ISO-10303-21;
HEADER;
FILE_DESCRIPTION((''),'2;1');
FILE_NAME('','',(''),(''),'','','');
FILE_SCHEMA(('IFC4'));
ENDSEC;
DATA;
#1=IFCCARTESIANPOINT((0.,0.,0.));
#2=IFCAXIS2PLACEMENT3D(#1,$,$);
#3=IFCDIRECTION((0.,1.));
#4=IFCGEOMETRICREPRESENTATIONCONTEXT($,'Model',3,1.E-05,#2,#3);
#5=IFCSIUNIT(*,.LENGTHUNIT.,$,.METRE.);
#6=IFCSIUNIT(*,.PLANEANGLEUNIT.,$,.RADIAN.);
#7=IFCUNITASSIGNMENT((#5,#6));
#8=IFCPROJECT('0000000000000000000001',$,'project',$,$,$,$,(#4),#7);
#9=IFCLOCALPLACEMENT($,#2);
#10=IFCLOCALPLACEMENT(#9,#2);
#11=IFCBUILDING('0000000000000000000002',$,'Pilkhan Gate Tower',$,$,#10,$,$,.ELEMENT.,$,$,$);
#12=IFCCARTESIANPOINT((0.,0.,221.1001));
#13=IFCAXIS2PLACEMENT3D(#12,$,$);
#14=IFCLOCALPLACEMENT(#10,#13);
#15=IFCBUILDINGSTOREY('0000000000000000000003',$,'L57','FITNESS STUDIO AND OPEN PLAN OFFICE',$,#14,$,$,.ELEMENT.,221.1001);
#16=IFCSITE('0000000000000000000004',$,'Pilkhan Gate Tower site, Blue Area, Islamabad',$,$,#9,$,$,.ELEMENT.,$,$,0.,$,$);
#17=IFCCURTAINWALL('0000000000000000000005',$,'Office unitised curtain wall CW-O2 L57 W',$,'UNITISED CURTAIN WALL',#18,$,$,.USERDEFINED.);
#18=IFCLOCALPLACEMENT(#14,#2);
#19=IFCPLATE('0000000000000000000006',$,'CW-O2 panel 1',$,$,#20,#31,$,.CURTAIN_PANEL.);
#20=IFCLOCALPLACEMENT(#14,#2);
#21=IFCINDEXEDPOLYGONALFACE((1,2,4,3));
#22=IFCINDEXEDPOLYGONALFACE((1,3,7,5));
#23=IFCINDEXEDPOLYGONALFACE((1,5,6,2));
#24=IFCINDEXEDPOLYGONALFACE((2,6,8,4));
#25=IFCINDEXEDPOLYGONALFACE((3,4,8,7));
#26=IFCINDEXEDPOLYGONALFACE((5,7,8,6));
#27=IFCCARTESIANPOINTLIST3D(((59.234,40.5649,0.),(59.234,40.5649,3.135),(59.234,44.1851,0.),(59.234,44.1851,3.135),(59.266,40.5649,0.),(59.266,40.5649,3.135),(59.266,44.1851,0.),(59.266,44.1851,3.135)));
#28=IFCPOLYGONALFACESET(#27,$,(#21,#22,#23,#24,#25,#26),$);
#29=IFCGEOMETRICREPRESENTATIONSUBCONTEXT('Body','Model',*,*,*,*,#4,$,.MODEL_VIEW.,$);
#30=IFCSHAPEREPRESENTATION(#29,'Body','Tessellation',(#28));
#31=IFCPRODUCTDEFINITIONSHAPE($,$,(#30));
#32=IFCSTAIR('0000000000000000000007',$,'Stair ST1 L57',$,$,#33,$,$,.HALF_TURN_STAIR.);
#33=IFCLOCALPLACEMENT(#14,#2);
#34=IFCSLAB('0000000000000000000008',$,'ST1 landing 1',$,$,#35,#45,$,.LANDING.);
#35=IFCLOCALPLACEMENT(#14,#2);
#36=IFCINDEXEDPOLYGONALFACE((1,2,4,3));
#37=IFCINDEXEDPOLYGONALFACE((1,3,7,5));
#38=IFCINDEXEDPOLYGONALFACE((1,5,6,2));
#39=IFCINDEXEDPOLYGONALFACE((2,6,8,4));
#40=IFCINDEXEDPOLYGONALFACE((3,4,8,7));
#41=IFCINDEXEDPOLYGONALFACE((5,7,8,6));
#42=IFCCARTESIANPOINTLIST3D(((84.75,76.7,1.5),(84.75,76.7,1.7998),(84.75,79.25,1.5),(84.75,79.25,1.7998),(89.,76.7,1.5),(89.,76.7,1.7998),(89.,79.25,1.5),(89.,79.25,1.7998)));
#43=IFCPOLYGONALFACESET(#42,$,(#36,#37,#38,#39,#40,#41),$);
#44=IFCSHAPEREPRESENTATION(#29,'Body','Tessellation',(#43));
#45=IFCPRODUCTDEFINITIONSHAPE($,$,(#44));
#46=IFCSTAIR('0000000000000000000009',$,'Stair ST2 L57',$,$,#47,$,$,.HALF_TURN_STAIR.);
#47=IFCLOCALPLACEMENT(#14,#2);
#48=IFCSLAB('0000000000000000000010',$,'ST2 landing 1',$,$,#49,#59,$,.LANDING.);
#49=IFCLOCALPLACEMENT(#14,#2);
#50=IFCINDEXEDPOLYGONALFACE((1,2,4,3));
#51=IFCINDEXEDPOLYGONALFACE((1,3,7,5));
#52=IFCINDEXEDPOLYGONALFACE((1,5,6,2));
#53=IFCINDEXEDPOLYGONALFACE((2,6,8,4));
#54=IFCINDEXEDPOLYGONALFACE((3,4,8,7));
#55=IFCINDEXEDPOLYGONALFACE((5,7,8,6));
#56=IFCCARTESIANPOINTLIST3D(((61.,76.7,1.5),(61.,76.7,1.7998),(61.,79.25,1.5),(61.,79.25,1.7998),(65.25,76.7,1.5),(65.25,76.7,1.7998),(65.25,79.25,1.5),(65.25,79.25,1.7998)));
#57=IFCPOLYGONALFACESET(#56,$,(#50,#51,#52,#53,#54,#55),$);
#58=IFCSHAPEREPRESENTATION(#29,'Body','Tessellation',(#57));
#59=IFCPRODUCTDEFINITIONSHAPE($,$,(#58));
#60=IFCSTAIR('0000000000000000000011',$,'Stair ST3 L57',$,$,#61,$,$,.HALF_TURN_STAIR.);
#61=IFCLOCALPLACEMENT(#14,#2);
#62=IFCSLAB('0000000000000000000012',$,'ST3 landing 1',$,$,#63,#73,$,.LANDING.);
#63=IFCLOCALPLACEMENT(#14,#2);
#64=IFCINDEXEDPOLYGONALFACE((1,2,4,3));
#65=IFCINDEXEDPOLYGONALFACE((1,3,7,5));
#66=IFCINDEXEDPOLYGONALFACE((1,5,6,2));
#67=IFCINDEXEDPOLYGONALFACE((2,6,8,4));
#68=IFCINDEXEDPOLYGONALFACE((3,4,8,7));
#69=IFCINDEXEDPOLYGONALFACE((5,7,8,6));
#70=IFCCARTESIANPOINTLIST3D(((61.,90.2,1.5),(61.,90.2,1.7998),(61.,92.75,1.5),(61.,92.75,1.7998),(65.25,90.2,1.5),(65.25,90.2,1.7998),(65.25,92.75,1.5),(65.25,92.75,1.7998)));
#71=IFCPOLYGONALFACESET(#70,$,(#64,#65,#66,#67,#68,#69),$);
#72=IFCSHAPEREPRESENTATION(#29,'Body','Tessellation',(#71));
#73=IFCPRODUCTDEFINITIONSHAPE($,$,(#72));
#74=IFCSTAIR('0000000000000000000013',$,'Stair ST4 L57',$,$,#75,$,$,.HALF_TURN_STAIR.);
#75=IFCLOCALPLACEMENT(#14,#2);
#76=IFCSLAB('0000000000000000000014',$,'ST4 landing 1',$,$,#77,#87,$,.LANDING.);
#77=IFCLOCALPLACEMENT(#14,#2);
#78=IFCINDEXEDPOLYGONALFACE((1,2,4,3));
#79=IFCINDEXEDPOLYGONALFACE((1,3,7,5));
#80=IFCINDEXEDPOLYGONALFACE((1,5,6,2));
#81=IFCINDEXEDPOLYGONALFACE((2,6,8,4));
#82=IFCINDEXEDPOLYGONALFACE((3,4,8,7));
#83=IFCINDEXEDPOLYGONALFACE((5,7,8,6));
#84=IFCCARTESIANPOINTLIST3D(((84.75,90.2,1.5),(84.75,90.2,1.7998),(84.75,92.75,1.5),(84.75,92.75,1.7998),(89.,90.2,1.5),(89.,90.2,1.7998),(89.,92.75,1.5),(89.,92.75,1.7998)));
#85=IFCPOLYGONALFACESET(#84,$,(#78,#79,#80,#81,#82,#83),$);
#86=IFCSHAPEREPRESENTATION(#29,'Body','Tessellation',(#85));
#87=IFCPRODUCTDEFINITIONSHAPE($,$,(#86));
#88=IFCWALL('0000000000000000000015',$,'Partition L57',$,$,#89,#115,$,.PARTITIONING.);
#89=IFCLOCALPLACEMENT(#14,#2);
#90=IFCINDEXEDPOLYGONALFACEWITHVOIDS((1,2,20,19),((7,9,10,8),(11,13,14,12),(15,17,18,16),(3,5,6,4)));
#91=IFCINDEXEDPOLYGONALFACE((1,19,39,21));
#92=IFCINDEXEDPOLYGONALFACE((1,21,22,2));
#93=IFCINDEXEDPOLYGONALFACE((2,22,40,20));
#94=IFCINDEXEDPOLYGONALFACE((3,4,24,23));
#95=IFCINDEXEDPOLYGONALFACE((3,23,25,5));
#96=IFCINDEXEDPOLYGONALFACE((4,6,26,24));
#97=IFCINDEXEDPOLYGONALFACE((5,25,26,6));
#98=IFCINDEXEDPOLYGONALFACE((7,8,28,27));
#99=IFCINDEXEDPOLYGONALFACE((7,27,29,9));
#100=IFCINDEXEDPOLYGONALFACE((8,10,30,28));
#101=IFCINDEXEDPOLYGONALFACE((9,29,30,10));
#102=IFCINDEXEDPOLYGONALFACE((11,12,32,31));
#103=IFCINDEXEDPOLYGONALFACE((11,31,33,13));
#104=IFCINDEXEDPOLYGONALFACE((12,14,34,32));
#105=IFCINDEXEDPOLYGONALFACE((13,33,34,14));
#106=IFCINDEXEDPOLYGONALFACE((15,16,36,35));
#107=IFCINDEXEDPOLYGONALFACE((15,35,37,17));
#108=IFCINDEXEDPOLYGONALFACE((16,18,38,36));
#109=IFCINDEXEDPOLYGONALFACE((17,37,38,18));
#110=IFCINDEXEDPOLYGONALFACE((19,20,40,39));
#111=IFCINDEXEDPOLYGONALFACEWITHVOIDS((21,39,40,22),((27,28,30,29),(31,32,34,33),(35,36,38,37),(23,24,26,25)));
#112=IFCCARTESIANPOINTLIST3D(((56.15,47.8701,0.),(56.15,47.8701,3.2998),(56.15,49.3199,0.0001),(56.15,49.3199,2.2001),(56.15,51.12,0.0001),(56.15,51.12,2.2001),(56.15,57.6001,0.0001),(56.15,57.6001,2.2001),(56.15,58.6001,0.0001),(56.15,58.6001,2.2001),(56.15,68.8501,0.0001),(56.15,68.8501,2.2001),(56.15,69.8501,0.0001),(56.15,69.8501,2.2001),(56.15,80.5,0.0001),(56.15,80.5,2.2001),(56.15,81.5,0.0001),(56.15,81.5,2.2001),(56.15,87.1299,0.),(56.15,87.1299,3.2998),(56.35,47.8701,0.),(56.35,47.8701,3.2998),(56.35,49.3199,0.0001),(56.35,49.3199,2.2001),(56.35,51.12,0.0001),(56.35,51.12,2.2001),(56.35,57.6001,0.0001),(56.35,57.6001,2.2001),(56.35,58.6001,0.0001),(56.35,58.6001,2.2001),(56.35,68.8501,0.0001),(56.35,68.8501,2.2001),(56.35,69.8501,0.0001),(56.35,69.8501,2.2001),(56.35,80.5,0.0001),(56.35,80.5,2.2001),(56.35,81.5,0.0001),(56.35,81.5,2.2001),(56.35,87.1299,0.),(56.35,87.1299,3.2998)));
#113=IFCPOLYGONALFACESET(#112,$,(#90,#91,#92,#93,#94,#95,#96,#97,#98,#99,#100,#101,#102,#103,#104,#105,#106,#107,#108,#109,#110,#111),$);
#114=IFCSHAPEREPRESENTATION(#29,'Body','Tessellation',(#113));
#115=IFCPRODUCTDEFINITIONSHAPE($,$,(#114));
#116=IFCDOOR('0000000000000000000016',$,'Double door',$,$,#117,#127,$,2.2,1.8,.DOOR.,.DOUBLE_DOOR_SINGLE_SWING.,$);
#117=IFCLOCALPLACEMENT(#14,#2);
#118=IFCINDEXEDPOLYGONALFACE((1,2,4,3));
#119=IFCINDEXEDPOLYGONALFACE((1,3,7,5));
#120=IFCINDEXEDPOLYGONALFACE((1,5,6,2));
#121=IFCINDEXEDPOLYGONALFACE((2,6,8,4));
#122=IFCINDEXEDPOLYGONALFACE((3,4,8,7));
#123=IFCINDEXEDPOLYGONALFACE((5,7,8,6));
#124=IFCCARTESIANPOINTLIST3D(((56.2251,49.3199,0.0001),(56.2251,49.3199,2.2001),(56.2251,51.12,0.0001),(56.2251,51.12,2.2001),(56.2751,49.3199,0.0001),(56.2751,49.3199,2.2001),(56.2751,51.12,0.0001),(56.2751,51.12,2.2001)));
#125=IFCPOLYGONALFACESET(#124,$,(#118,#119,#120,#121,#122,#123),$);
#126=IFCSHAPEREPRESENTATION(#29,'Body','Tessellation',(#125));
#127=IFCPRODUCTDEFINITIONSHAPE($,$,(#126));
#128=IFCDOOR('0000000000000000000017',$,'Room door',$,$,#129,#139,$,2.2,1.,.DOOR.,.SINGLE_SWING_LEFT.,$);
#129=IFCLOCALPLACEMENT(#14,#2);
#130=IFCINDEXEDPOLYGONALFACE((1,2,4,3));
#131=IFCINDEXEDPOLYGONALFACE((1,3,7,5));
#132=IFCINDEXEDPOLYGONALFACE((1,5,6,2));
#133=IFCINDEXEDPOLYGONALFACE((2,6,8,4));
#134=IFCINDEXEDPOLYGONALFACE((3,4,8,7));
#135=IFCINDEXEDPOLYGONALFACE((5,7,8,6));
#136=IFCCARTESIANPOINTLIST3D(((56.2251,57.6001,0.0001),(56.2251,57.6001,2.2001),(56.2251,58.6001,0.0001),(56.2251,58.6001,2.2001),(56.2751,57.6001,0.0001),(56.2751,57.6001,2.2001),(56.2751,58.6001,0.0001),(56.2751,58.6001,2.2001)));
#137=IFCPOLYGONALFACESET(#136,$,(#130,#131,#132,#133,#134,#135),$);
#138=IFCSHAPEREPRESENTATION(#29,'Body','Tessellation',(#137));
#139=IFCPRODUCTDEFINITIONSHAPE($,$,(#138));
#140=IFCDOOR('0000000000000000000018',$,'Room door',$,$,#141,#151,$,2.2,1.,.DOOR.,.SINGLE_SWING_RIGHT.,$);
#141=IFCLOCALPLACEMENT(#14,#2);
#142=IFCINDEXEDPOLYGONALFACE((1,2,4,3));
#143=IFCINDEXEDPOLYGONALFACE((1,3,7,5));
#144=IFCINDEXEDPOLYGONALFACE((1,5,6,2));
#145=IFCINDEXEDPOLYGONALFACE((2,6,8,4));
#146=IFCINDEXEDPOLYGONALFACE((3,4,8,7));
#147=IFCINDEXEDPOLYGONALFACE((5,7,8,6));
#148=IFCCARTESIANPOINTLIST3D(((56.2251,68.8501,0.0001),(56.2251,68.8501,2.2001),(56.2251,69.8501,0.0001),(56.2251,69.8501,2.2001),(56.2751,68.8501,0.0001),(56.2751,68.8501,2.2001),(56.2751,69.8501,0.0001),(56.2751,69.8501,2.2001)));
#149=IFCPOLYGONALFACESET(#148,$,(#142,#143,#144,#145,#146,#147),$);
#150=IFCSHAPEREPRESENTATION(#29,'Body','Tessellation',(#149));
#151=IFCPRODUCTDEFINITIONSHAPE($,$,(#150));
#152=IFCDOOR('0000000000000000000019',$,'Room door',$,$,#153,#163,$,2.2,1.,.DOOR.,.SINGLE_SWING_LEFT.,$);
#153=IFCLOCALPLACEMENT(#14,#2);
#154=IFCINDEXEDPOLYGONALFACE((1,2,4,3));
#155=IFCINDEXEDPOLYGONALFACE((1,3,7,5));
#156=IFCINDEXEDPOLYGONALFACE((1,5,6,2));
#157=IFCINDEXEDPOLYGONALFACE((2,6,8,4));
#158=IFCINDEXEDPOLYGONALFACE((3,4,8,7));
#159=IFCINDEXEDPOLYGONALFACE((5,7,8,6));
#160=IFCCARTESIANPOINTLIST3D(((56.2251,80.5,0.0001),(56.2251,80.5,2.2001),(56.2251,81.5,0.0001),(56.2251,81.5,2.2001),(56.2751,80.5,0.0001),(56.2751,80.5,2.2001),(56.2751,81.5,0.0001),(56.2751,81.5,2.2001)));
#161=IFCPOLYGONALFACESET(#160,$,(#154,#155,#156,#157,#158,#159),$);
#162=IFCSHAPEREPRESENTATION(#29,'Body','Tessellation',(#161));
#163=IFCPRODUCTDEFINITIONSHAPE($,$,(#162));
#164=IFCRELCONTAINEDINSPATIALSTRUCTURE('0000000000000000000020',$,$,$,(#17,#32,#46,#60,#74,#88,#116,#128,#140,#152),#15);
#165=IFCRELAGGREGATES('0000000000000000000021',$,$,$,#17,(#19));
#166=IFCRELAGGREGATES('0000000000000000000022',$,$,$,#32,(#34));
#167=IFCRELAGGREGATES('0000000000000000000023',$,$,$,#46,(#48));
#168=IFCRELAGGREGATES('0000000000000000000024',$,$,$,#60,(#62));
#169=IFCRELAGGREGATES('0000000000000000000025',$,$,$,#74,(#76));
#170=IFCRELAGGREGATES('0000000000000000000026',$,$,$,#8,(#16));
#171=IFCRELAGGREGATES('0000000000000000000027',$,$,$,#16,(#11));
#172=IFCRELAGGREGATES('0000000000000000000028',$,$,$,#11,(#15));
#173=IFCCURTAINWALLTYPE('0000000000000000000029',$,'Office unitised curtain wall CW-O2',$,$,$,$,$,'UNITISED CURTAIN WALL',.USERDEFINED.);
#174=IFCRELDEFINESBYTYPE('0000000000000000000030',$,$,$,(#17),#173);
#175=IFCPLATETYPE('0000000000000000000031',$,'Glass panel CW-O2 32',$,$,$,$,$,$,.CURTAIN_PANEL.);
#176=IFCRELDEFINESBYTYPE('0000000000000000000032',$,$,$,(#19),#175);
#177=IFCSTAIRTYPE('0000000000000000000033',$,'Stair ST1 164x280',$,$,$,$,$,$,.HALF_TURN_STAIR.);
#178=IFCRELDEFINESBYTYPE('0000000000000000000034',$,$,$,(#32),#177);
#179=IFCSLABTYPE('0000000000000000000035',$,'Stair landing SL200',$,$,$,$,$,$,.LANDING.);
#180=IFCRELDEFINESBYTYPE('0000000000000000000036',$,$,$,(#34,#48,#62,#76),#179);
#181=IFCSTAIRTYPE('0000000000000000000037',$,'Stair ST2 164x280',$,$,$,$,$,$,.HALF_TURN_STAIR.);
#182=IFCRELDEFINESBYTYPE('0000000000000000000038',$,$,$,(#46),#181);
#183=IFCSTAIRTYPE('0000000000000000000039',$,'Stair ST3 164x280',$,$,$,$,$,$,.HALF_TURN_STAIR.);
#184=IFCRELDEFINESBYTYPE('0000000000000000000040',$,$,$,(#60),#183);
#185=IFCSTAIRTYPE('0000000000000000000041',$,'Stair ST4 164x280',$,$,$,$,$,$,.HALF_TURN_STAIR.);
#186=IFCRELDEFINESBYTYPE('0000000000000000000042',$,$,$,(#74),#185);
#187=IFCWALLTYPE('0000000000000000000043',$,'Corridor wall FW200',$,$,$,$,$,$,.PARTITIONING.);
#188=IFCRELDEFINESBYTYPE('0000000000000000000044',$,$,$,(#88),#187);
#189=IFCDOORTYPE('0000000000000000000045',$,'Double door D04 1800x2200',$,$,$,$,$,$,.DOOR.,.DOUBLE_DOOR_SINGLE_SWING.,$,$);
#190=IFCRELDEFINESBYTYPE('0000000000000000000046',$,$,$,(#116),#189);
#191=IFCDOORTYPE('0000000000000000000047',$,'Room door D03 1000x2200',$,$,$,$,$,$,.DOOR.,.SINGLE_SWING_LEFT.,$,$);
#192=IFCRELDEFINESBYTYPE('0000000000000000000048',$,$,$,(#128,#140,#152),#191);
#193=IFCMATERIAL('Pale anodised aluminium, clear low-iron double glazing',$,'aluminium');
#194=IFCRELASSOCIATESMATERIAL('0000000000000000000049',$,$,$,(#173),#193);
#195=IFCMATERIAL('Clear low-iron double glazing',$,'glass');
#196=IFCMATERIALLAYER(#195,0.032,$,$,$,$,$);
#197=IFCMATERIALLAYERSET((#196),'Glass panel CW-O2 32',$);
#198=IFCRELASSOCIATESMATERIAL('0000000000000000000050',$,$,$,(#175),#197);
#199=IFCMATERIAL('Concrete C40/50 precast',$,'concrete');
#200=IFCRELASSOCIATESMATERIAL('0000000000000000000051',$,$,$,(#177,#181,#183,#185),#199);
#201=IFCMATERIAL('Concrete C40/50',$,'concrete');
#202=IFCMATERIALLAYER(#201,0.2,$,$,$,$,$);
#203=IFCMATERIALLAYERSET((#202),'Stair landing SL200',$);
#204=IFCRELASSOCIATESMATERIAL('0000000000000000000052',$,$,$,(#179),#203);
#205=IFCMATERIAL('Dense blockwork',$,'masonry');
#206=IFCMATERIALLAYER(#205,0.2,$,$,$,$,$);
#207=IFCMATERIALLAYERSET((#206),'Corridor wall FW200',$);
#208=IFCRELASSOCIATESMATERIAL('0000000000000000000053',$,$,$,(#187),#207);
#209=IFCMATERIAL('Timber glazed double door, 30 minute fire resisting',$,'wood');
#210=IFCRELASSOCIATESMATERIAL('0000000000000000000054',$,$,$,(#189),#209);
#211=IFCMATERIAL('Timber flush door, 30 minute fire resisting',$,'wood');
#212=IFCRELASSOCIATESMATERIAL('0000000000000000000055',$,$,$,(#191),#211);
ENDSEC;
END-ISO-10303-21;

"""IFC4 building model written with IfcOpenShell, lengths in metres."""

from ifc_helpers import new_model, si_unit, direction, frame, frame_2d, origin, origin_2d, place, context, subcontext, project, spatial, polyline, rectangle, outline, extrude, material, layer, layer_set, type_object, element, fill, aggregate, save


model = new_model("IFC4")

# Units and contexts
model_context = context("Model", 3, precision=1e-05, world=origin(), true_north=direction((0.0, 1.0)))
body_context = subcontext(model_context, "Body", "Model", "MODEL_VIEW")
ifc_project = project(units=[si_unit("LENGTHUNIT", "METRE"), si_unit("PLANEANGLEUNIT", "RADIAN")], contexts=[model_context])

# Site, building, storey
site_placement = place(None, origin())
site = spatial("IfcSite", under=ifc_project, at=site_placement, Name="Pilkhan Gate Tower site, Blue Area, Islamabad", CompositionType="ELEMENT", RefElevation=0.0)
building_placement = place(site_placement, origin())
building = spatial("IfcBuilding", under=site, at=building_placement, Name="Pilkhan Gate Tower", CompositionType="ELEMENT")
storey_placement = place(building_placement, frame((0.0, 0.0, 221.1001)))
storey = spatial("IfcBuildingStorey", under=building, at=storey_placement, Name="L57", Description="FITNESS STUDIO AND OPEN PLAN OFFICE", CompositionType="ELEMENT", Elevation=221.1001)

# Shared definitions
ifc_material_1 = material(Name="Pale anodised aluminium, clear low-iron double glazing", Category="aluminium")
curtain_wall_type = type_object("IfcCurtainWallType", Name="Office unitised curtain wall CW-O2", ElementType="UNITISED CURTAIN WALL", PredefinedType="USERDEFINED", material=ifc_material_1)

# Curtain wall
curtain_wall_1_placement = place(storey_placement, origin())
curtain_wall_1 = element("IfcCurtainWall", 1, at=curtain_wall_1_placement, inside=storey, type_object=curtain_wall_type, Name="Office unitised curtain wall CW-O2 L57 W", ObjectType="UNITISED CURTAIN WALL", PredefinedType="USERDEFINED")

# Shared definitions
ifc_material_2 = material(Name="Concrete C40/50", Category="concrete")

# Plate
ifc_material_3 = material(Name="Clear low-iron double glazing", Category="glass")
ifc_layer_1 = layer(ifc_material_3, 0.032)
ifc_layer_set_1 = layer_set([ifc_layer_1], Name="Glass panel CW-O2 32")
plate_type = type_object("IfcPlateType", Name="Glass panel CW-O2 32", PredefinedType="CURTAIN_PANEL", material=ifc_layer_set_1)
plate_1_placement = place(storey_placement, frame((59.25, 42.375, 0.0), z_axis=(0.0, 0.0, 1.0), x_axis=(0.0, 1.0, 0.0)))
plate_1 = element("IfcPlate", 2, at=plate_1_placement, type_object=plate_type, Name="CW-O2 panel 1", PredefinedType="CURTAIN_PANEL", context=body_context, shape_type="SweptSolid", body=[
    extrude(rectangle(XDim=3.6201, YDim=0.032, at=origin_2d()), origin(), (0.0, 0.0, 1.0), 3.135),
])
aggregate(curtain_wall_1, [plate_1])

# Stairs, slabs
ifc_material_4 = material(Name="Concrete C40/50 precast", Category="concrete")
stair_type_1 = type_object("IfcStairType", Name="Stair ST1 164x280", PredefinedType="HALF_TURN_STAIR", material=ifc_material_4)
stair_1_placement = place(storey_placement, origin())
stair_1 = element("IfcStair", 3, at=stair_1_placement, inside=storey, type_object=stair_type_1, Name="Stair ST1 L57", PredefinedType="HALF_TURN_STAIR")
ifc_layer_2 = layer(ifc_material_2, 0.2)
ifc_layer_set_2 = layer_set([ifc_layer_2], Name="Stair landing SL200")
slab_type_1 = type_object("IfcSlabType", Name="Stair landing SL200", PredefinedType="LANDING", material=ifc_layer_set_2)
slab_1_placement = place(storey_placement, frame((0.0, 0.0, 1.5)))
slab_1 = element("IfcSlab", 4, at=slab_1_placement, type_object=slab_type_1, Name="ST1 landing 1", PredefinedType="LANDING", context=body_context, shape_type="SweptSolid", body=[
    extrude(outline(polyline([(89.0, 76.7), (89.0, 79.25), (84.75, 79.25), (84.75, 76.7), (89.0, 76.7)])), origin(), (0.0, 0.0, 1.0), 0.2998),
])
aggregate(stair_1, [slab_1])
stair_type_2 = type_object("IfcStairType", Name="Stair ST2 164x280", PredefinedType="HALF_TURN_STAIR", material=ifc_material_4)
stair_2_placement = place(storey_placement, origin())
stair_2 = element("IfcStair", 5, at=stair_2_placement, inside=storey, type_object=stair_type_2, Name="Stair ST2 L57", PredefinedType="HALF_TURN_STAIR")
slab_2_placement = place(storey_placement, frame((0.0, 0.0, 1.5)))
slab_2 = element("IfcSlab", 6, at=slab_2_placement, type_object=slab_type_1, Name="ST2 landing 1", PredefinedType="LANDING", context=body_context, shape_type="SweptSolid", body=[
    extrude(outline(polyline([(65.25, 76.7), (65.25, 79.25), (61.0, 79.25), (61.0, 76.7), (65.25, 76.7)])), origin(), (0.0, 0.0, 1.0), 0.2998),
])
aggregate(stair_2, [slab_2])
stair_type_3 = type_object("IfcStairType", Name="Stair ST3 164x280", PredefinedType="HALF_TURN_STAIR", material=ifc_material_4)
stair_3_placement = place(storey_placement, origin())
stair_3 = element("IfcStair", 7, at=stair_3_placement, inside=storey, type_object=stair_type_3, Name="Stair ST3 L57", PredefinedType="HALF_TURN_STAIR")
slab_3_placement = place(storey_placement, frame((0.0, 0.0, 1.5)))
slab_3 = element("IfcSlab", 8, at=slab_3_placement, type_object=slab_type_1, Name="ST3 landing 1", PredefinedType="LANDING", context=body_context, shape_type="SweptSolid", body=[
    extrude(outline(polyline([(65.25, 90.2), (65.25, 92.75), (61.0, 92.75), (61.0, 90.2), (65.25, 90.2)])), origin(), (0.0, 0.0, 1.0), 0.2998),
])
aggregate(stair_3, [slab_3])
stair_type_4 = type_object("IfcStairType", Name="Stair ST4 164x280", PredefinedType="HALF_TURN_STAIR", material=ifc_material_4)
stair_4_placement = place(storey_placement, origin())
stair_4 = element("IfcStair", 9, at=stair_4_placement, inside=storey, type_object=stair_type_4, Name="Stair ST4 L57", PredefinedType="HALF_TURN_STAIR")
slab_4_placement = place(storey_placement, frame((0.0, 0.0, 1.5)))
slab_4 = element("IfcSlab", 10, at=slab_4_placement, type_object=slab_type_1, Name="ST4 landing 1", PredefinedType="LANDING", context=body_context, shape_type="SweptSolid", body=[
    extrude(outline(polyline([(89.0, 90.2), (89.0, 92.75), (84.75, 92.75), (84.75, 90.2), (89.0, 90.2)])), origin(), (0.0, 0.0, 1.0), 0.2998),
])
aggregate(stair_4, [slab_4])

# Wall, openings, doors
ifc_material_5 = material(Name="Dense blockwork", Category="masonry")
ifc_layer_3 = layer(ifc_material_5, 0.2)
ifc_layer_set_3 = layer_set([ifc_layer_3], Name="Corridor wall FW200")
wall_type = type_object("IfcWallType", Name="Corridor wall FW200", PredefinedType="PARTITIONING", material=ifc_layer_set_3)
wall_placement = place(storey_placement, frame((56.25, 47.8701, 0.0), z_axis=(0.0, 0.0, 1.0), x_axis=(0.0, 1.0, 0.0)))
wall = element("IfcWall", 11, at=wall_placement, inside=storey, type_object=wall_type, Name="Partition L57", PredefinedType="PARTITIONING", context=body_context, shape_type="SweptSolid", body=[
    extrude(rectangle(XDim=39.2598, YDim=0.2, at=frame_2d((19.6299, 0.0))), origin(), (0.0, 0.0, 1.0), 3.2998),
])
opening_1_placement = place(wall_placement, frame((1.45, 0.0, 0.0)))
opening_1 = element("IfcOpeningElement", 12, at=opening_1_placement, cuts=wall, PredefinedType="OPENING", context=body_context, shape_type="SweptSolid", body=[
    extrude(rectangle(XDim=1.8, YDim=2.2, at=frame_2d((0.8999, 1.1001))), frame((0.0, 0.1099, 0.0), z_axis=(0.0, -1.0, 0.0), x_axis=(1.0, 0.0, 0.0)), (0.0, 0.0, 1.0), 0.22),
])
opening_2_placement = place(wall_placement, frame((9.73, 0.0, 0.0)))
opening_2 = element("IfcOpeningElement", 13, at=opening_2_placement, cuts=wall, PredefinedType="OPENING", context=body_context, shape_type="SweptSolid", body=[
    extrude(rectangle(XDim=1.0, YDim=2.2, at=frame_2d((0.5, 1.1001))), frame((0.0, 0.1099, 0.0), z_axis=(0.0, -1.0, 0.0), x_axis=(1.0, 0.0, 0.0)), (0.0, 0.0, 1.0), 0.22),
])
opening_3_placement = place(wall_placement, frame((20.98, 0.0, 0.0)))
opening_3 = element("IfcOpeningElement", 14, at=opening_3_placement, cuts=wall, PredefinedType="OPENING", context=body_context, shape_type="SweptSolid", body=[
    extrude(rectangle(XDim=1.0, YDim=2.2, at=frame_2d((0.5, 1.1001))), frame((0.0, 0.1099, 0.0), z_axis=(0.0, -1.0, 0.0), x_axis=(1.0, 0.0, 0.0)), (0.0, 0.0, 1.0), 0.22),
])
opening_4_placement = place(wall_placement, frame((32.6299, 0.0, 0.0)))
opening_4 = element("IfcOpeningElement", 15, at=opening_4_placement, cuts=wall, PredefinedType="OPENING", context=body_context, shape_type="SweptSolid", body=[
    extrude(rectangle(XDim=1.0, YDim=2.2, at=frame_2d((0.5, 1.1001))), frame((0.0, 0.1099, 0.0), z_axis=(0.0, -1.0, 0.0), x_axis=(1.0, 0.0, 0.0)), (0.0, 0.0, 1.0), 0.22),
])
ifc_material_6 = material(Name="Timber glazed double door, 30 minute fire resisting", Category="wood")
door_type_1 = type_object("IfcDoorType", Name="Double door D04 1800x2200", OperationType="DOUBLE_DOOR_SINGLE_SWING", PredefinedType="DOOR", material=ifc_material_6)
door_1_placement = place(opening_1_placement, origin())
door_1 = element("IfcDoor", 16, at=door_1_placement, inside=storey, type_object=door_type_1, Name="Double door", OperationType="DOUBLE_DOOR_SINGLE_SWING", OverallHeight=2.2, OverallWidth=1.8, PredefinedType="DOOR", context=body_context, shape_type="SweptSolid", body=[
    extrude(rectangle(XDim=1.8, YDim=2.2, at=frame_2d((0.8999, 1.1001))), frame((0.0, 0.0249, 0.0), z_axis=(0.0, -1.0, 0.0), x_axis=(1.0, 0.0, 0.0)), (0.0, 0.0, 1.0), 0.05),
])
fill(opening_1, door_1)
ifc_material_7 = material(Name="Timber flush door, 30 minute fire resisting", Category="wood")
door_type_2 = type_object("IfcDoorType", Name="Room door D03 1000x2200", OperationType="SINGLE_SWING_LEFT", PredefinedType="DOOR", material=ifc_material_7)
door_2_placement = place(opening_2_placement, origin())
door_2 = element("IfcDoor", 17, at=door_2_placement, inside=storey, type_object=door_type_2, Name="Room door", OperationType="SINGLE_SWING_LEFT", OverallHeight=2.2, OverallWidth=1.0, PredefinedType="DOOR", context=body_context, shape_type="SweptSolid", body=[
    extrude(rectangle(XDim=1.0, YDim=2.2, at=frame_2d((0.5, 1.1001))), frame((0.0, 0.0249, 0.0), z_axis=(0.0, -1.0, 0.0), x_axis=(1.0, 0.0, 0.0)), (0.0, 0.0, 1.0), 0.05),
])
fill(opening_2, door_2)
door_3_placement = place(opening_3_placement, origin())
door_3 = element("IfcDoor", 18, at=door_3_placement, inside=storey, type_object=door_type_2, Name="Room door", OperationType="SINGLE_SWING_RIGHT", OverallHeight=2.2, OverallWidth=1.0, PredefinedType="DOOR", context=body_context, shape_type="SweptSolid", body=[
    extrude(rectangle(XDim=1.0, YDim=2.2, at=frame_2d((0.5, 1.1001))), frame((0.0, 0.0249, 0.0), z_axis=(0.0, -1.0, 0.0), x_axis=(1.0, 0.0, 0.0)), (0.0, 0.0, 1.0), 0.05),
])
fill(opening_3, door_3)
door_4_placement = place(opening_4_placement, origin())
door_4 = element("IfcDoor", 19, at=door_4_placement, inside=storey, type_object=door_type_2, Name="Room door", OperationType="SINGLE_SWING_LEFT", OverallHeight=2.2, OverallWidth=1.0, PredefinedType="DOOR", context=body_context, shape_type="SweptSolid", body=[
    extrude(rectangle(XDim=1.0, YDim=2.2, at=frame_2d((0.5, 1.1001))), frame((0.0, 0.0249, 0.0), z_axis=(0.0, -1.0, 0.0), x_axis=(1.0, 0.0, 0.0)), (0.0, 0.0, 1.0), 0.05),
])
fill(opening_4, door_4)

save(model, "model.ifc")
